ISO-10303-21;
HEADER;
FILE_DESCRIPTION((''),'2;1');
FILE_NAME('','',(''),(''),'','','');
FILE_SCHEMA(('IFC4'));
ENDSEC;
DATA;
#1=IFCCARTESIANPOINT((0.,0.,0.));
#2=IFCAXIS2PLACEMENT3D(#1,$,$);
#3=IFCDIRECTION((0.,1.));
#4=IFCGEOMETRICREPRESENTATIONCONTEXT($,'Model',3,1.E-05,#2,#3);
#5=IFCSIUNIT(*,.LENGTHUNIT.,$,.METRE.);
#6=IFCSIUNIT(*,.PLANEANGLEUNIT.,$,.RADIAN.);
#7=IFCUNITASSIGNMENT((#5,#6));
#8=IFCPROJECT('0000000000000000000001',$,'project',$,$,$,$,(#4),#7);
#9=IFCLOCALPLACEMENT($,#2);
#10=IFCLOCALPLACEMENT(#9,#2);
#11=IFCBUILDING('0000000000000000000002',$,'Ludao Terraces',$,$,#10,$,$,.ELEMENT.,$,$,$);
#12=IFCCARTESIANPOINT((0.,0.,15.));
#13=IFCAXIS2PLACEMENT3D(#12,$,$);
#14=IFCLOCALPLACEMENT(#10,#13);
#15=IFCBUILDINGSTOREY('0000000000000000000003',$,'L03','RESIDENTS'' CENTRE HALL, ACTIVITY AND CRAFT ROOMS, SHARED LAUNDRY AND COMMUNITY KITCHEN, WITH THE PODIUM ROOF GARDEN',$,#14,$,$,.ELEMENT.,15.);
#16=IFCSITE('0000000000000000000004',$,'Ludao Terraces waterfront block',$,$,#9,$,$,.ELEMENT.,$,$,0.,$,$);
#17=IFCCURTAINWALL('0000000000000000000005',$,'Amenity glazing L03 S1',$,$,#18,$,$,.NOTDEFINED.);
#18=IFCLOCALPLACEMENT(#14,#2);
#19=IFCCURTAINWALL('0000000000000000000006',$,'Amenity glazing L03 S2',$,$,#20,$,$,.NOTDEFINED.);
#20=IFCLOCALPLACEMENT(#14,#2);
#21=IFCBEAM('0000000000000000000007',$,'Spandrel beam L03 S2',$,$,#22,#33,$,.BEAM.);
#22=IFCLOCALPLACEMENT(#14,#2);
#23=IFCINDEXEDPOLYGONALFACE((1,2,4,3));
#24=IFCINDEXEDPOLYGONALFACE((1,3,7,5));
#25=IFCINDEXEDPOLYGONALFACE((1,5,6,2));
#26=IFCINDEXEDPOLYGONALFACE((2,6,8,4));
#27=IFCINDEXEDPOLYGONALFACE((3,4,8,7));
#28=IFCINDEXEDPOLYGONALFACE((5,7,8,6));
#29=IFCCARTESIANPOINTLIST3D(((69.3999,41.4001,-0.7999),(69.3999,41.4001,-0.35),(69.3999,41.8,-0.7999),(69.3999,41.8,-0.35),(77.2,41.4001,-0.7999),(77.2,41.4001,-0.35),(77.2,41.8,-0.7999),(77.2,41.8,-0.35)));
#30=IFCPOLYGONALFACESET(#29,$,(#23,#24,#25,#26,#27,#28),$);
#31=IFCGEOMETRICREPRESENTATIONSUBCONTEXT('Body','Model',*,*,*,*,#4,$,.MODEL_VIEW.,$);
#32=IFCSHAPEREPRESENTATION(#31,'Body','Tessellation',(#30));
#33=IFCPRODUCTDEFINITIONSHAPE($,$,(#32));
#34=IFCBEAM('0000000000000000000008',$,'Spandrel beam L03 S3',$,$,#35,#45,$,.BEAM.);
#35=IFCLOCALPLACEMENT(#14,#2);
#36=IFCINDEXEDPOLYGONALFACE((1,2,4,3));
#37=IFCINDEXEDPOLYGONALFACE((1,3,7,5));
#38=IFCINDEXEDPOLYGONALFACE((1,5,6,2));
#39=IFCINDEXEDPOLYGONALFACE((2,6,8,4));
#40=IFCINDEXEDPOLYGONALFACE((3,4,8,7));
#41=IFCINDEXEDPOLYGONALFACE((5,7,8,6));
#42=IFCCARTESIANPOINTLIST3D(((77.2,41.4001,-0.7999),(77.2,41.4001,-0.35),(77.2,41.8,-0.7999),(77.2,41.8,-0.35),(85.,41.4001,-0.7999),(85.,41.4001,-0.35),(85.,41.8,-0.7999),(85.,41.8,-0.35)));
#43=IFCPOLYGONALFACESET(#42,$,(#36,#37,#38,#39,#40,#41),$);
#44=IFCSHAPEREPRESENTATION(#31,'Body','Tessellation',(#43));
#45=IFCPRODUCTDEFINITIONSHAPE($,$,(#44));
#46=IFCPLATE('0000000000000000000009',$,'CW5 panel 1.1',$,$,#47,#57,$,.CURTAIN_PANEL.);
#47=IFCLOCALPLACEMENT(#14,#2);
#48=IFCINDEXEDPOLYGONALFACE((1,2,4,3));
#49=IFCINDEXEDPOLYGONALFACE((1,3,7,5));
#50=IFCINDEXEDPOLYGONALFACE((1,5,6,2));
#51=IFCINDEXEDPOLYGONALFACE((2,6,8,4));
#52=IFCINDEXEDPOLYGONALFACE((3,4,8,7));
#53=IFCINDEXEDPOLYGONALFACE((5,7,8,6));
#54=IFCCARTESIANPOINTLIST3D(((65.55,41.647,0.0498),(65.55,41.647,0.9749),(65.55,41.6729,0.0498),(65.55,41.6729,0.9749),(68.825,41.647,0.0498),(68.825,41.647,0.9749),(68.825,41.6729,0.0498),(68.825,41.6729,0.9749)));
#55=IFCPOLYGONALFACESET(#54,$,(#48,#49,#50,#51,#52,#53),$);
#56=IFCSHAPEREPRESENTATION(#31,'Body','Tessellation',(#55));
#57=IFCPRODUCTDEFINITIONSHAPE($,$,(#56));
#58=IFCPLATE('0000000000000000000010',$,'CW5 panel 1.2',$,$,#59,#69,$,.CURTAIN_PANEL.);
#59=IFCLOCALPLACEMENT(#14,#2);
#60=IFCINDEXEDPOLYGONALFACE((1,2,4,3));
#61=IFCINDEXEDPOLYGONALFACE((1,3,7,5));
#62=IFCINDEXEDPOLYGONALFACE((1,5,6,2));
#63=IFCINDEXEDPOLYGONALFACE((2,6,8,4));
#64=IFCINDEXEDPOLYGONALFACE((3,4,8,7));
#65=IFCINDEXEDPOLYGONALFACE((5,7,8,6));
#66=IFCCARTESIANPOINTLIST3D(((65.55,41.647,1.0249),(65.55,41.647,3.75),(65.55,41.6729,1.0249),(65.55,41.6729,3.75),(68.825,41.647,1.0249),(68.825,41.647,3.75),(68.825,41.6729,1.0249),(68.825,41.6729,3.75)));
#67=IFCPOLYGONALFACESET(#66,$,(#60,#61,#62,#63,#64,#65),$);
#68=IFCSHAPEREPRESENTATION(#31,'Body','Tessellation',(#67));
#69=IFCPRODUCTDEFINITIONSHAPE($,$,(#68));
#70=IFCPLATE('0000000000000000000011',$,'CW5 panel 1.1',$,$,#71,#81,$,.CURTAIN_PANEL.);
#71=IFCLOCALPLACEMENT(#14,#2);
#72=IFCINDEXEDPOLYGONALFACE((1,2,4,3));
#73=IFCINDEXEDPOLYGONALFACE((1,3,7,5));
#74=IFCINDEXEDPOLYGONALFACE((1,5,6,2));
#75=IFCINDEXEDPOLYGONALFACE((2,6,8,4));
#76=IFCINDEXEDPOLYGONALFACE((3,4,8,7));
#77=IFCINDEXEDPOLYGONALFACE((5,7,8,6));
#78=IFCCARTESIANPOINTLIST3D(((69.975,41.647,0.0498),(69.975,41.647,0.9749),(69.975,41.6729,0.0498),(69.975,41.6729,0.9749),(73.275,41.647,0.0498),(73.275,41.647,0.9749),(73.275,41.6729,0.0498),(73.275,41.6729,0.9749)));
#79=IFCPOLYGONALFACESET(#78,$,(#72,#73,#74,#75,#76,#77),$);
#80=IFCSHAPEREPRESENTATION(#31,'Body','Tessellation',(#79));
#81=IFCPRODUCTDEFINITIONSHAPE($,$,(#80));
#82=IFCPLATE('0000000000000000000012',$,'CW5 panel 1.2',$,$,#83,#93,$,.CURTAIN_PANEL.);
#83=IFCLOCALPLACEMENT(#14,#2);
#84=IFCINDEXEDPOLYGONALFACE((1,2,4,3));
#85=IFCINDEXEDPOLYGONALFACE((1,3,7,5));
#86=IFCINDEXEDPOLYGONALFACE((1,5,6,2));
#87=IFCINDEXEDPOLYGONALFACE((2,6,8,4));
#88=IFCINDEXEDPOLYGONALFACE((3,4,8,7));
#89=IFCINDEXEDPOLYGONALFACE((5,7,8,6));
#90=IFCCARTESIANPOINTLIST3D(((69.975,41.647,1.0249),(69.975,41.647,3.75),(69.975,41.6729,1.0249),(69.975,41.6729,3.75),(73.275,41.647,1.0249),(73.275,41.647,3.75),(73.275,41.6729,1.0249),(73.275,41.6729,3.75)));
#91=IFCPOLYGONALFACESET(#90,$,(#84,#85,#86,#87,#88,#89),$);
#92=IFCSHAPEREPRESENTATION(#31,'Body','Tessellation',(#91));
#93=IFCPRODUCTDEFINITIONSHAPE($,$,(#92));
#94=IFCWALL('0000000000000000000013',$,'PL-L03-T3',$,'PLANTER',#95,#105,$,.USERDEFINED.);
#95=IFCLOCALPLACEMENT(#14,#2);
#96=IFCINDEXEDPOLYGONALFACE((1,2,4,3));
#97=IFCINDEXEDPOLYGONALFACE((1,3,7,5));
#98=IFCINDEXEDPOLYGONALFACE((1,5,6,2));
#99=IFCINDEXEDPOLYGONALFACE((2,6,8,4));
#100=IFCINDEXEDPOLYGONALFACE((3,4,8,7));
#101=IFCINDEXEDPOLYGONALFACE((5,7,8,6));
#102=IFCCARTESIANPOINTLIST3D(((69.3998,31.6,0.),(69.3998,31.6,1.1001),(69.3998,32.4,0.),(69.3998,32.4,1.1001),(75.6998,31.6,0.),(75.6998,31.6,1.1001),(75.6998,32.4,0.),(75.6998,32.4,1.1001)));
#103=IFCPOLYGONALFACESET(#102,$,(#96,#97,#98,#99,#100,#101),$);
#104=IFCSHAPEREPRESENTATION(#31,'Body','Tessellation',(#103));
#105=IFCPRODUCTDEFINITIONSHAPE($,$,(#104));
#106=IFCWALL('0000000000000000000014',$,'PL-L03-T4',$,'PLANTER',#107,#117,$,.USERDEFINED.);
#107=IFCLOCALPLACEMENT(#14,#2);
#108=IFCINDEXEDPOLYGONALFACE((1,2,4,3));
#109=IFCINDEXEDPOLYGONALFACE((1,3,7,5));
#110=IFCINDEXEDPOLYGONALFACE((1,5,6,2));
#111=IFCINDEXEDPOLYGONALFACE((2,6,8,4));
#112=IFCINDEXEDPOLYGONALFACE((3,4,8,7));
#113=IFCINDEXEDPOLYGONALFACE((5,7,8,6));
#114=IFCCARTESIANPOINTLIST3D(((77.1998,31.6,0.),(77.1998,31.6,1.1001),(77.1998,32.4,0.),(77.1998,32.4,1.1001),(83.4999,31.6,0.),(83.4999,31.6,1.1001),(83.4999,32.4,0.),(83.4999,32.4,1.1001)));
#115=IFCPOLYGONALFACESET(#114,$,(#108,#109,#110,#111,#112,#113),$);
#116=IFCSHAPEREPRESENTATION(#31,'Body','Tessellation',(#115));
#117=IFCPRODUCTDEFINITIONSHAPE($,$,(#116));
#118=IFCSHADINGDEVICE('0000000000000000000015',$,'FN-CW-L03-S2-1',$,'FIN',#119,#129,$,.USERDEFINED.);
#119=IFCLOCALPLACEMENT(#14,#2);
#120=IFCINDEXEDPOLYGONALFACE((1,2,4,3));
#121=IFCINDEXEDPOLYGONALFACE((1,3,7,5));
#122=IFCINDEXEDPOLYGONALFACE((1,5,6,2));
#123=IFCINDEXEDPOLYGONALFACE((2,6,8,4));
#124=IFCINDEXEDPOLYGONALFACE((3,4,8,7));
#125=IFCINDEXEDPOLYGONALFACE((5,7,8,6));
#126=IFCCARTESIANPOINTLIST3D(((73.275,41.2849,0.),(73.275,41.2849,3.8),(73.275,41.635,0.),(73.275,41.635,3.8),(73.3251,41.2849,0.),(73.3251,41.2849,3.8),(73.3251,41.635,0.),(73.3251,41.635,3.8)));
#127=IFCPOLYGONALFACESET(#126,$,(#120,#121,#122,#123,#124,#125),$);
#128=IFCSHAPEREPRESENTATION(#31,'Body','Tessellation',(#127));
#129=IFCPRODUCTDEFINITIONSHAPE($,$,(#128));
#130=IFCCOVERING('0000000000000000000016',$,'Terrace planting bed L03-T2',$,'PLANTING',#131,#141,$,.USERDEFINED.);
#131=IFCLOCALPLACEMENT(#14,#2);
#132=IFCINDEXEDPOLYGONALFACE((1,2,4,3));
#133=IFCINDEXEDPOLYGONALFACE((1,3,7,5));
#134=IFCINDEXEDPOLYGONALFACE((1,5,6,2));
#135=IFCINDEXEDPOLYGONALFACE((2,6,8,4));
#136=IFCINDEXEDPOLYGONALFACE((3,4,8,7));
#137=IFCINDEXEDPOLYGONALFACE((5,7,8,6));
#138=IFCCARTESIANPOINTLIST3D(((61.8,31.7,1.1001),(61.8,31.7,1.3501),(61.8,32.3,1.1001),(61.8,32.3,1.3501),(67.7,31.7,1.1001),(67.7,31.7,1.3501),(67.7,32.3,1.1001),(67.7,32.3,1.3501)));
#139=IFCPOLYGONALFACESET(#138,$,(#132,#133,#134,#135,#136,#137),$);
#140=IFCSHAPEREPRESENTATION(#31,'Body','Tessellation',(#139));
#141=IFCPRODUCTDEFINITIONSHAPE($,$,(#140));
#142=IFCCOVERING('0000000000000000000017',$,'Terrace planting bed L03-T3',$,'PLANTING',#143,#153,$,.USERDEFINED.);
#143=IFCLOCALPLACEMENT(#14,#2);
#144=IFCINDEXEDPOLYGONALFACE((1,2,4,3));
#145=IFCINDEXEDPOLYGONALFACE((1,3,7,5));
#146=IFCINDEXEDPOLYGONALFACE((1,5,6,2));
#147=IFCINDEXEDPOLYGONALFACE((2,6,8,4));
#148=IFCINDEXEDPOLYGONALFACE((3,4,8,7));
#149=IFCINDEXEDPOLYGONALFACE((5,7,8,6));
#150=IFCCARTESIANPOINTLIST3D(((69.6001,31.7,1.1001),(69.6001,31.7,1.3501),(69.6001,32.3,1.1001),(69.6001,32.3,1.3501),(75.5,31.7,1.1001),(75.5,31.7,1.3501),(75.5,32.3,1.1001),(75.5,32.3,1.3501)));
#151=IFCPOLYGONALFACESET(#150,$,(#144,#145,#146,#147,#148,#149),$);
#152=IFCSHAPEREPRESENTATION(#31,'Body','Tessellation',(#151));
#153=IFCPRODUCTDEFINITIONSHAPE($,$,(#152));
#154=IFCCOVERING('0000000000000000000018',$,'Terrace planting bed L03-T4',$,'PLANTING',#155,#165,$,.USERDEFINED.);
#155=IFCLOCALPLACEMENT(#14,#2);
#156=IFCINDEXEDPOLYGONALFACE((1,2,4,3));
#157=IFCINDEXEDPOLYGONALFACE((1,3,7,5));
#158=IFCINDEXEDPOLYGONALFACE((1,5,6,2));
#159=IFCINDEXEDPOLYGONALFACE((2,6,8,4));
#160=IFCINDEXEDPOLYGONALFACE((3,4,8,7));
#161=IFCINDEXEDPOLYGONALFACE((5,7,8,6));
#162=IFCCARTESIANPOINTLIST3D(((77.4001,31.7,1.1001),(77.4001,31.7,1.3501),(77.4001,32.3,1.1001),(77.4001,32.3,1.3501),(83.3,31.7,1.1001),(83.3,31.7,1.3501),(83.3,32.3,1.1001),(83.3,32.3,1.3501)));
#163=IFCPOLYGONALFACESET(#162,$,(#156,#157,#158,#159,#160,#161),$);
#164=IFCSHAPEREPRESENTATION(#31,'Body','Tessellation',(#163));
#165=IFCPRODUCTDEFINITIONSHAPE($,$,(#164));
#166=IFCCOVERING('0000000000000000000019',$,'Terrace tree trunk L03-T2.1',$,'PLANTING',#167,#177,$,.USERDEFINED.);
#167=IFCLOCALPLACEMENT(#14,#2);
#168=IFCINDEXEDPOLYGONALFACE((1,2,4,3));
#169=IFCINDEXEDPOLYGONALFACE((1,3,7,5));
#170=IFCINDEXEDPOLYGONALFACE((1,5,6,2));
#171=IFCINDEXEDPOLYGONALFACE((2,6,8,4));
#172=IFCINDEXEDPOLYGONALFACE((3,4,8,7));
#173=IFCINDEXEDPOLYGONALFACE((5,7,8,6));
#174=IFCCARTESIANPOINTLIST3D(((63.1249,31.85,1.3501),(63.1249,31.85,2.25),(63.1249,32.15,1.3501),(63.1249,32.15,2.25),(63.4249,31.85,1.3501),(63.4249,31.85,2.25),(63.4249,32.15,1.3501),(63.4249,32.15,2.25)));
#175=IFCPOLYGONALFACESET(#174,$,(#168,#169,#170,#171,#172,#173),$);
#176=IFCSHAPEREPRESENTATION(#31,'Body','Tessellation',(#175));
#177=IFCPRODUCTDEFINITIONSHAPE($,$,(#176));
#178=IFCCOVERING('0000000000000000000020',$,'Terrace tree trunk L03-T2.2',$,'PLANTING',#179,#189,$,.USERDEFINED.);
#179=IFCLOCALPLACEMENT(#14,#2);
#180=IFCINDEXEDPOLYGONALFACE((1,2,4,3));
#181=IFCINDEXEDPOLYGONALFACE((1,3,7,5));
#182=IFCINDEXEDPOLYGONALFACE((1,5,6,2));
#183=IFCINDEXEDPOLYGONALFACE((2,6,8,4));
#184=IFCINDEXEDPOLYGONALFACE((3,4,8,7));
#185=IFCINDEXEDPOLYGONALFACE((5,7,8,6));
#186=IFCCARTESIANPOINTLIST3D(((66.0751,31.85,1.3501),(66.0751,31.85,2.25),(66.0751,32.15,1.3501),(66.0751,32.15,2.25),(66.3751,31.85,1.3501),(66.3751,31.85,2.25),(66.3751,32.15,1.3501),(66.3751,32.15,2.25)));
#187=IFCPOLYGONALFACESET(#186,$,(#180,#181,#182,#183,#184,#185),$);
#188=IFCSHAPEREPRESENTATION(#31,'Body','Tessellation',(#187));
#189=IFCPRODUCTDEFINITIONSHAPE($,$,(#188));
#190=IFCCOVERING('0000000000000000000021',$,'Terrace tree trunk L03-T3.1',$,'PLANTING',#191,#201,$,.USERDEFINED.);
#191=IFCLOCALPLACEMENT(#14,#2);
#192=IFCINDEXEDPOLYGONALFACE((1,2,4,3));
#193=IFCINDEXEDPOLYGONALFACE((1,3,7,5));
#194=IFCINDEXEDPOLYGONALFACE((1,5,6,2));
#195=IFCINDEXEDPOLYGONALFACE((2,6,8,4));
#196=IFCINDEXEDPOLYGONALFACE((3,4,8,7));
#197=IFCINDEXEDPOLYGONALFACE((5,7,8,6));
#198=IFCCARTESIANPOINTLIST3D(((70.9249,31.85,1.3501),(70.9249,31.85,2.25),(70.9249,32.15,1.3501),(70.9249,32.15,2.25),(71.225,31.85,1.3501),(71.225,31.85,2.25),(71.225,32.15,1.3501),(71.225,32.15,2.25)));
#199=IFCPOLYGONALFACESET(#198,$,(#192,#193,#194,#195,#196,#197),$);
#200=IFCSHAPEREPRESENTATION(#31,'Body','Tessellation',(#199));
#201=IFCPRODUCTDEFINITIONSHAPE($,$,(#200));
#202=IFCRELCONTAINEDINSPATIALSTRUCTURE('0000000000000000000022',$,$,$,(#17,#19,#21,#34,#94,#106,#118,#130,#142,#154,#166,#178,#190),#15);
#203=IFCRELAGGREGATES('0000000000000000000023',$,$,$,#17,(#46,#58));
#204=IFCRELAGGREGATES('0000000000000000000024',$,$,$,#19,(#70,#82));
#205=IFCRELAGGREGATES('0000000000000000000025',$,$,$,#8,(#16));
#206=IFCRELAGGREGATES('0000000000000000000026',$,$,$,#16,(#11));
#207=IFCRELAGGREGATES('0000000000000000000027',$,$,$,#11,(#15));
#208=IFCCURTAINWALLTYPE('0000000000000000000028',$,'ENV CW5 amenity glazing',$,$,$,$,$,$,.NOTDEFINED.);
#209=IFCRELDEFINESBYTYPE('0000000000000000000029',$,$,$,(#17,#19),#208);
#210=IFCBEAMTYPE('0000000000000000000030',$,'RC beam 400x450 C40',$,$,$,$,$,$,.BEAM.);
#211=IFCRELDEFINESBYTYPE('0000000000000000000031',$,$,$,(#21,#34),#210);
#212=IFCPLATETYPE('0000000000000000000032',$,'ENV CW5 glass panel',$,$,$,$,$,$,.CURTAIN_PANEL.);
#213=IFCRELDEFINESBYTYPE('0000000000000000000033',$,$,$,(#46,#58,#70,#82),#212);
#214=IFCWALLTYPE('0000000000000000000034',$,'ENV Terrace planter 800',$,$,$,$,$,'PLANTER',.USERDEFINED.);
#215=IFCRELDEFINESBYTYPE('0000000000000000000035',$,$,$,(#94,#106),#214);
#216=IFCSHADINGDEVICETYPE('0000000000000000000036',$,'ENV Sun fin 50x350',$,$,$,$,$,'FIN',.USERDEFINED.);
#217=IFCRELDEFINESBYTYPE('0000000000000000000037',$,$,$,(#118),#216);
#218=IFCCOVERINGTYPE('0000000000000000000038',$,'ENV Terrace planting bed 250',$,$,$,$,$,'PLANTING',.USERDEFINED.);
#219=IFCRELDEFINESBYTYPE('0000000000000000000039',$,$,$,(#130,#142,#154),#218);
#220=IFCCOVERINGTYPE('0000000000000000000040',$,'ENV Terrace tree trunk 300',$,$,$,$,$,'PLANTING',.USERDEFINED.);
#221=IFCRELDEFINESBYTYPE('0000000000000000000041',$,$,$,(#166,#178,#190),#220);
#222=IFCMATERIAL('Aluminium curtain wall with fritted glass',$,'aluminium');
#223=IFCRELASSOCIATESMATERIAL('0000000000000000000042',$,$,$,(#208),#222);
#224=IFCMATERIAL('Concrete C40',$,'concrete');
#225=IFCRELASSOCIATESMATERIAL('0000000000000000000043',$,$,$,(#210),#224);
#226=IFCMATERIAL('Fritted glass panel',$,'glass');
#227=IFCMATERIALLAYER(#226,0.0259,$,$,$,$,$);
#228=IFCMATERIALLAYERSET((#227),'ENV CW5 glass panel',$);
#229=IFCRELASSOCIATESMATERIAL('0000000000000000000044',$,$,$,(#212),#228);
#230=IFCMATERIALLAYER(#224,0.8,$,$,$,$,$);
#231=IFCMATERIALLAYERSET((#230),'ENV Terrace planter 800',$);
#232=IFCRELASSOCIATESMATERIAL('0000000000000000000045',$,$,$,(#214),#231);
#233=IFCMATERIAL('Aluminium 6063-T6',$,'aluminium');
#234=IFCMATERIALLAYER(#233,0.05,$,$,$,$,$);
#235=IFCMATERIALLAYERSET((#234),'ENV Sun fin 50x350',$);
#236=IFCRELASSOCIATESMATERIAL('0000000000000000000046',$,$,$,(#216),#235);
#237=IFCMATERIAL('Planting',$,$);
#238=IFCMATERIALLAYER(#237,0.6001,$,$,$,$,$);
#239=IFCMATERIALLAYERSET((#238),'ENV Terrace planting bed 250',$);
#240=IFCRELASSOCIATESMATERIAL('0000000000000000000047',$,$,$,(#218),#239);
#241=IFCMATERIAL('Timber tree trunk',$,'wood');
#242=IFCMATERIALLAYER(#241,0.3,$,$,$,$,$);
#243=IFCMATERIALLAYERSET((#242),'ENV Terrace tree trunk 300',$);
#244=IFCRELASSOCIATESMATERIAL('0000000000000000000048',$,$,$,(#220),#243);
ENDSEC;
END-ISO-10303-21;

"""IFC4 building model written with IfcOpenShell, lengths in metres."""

from ifc_helpers import new_model, si_unit, direction, frame, frame_2d, origin, origin_2d, place, context, subcontext, project, spatial, rectangle, extrude, material, layer, layer_set, material_profile, profile_set, type_object, element, aggregate, save


model = new_model("IFC4")

# Units and contexts
model_context = context("Model", 3, precision=1e-05, world=origin(), true_north=direction((0.0, 1.0)))
body_context = subcontext(model_context, "Body", "Model", "MODEL_VIEW")
ifc_project = project(units=[si_unit("LENGTHUNIT", "METRE"), si_unit("PLANEANGLEUNIT", "RADIAN")], contexts=[model_context])

# Site, building, storey
site_placement = place(None, origin())
site = spatial("IfcSite", under=ifc_project, at=site_placement, Name="Ludao Terraces waterfront block", CompositionType="ELEMENT", RefElevation=0.0)
building_placement = place(site_placement, origin())
building = spatial("IfcBuilding", under=site, at=building_placement, Name="Ludao Terraces", CompositionType="ELEMENT")
storey_placement = place(building_placement, frame((0.0, 0.0, 15.0)))
storey = spatial("IfcBuildingStorey", under=building, at=storey_placement, Name="L03", Description="RESIDENTS' CENTRE HALL, ACTIVITY AND CRAFT ROOMS, SHARED LAUNDRY AND COMMUNITY KITCHEN, WITH THE PODIUM ROOF GARDEN", CompositionType="ELEMENT", Elevation=15.0)

# Curtain walls
ifc_material_1 = material(Name="Aluminium curtain wall with fritted glass", Category="aluminium")
curtain_wall_type = type_object("IfcCurtainWallType", Name="ENV CW5 amenity glazing", PredefinedType="NOTDEFINED", material=ifc_material_1)
curtain_wall_1_placement = place(storey_placement, origin())
curtain_wall_1 = element("IfcCurtainWall", 1, at=curtain_wall_1_placement, inside=storey, type_object=curtain_wall_type, Name="Amenity glazing L03 S1", PredefinedType="NOTDEFINED")
ifc_material_2 = material(Name="Aluminium 6063-T6", Category="aluminium")
curtain_wall_2_placement = place(storey_placement, origin())
curtain_wall_2 = element("IfcCurtainWall", 2, at=curtain_wall_2_placement, inside=storey, type_object=curtain_wall_type, Name="Amenity glazing L03 S2", PredefinedType="NOTDEFINED")

# Beams
ifc_material_3 = material(Name="Concrete C40", Category="concrete")
ifc_material_profile_1 = material_profile(ifc_material_3, rectangle(XDim=0.3999, YDim=0.45, at=origin_2d()), Name="400 X 450")
ifc_profile_set_1 = profile_set([ifc_material_profile_1], Name="Concrete C40")
beam_type = type_object("IfcBeamType", Name="RC beam 400x450 C40", PredefinedType="BEAM", material=ifc_profile_set_1)
for number, where, z_axis, x_axis, name in (
    (3, (69.3999, 41.6001, -0.575), (1.0, 0.0, 0.0), (0.0, 1.0, 0.0), "Spandrel beam L03 S2"),
    (4, (77.2, 41.6001, -0.575), (1.0, 0.0, 0.0), (0.0, 1.0, 0.0), "Spandrel beam L03 S3"),
):
    element("IfcBeam", number, at=place(storey_placement, frame(where, z_axis=z_axis, x_axis=x_axis)), inside=storey, type_object=beam_type, Name=name, PredefinedType="BEAM", context=body_context, shape_type="SweptSolid", body=[
        extrude(rectangle(XDim=0.3999, YDim=0.45, at=origin_2d()), origin(), (0.0, 0.0, 1.0), 7.8),
    ])

# Plates
ifc_material_4 = material(Name="Fritted glass panel", Category="glass")
ifc_layer_1 = layer(ifc_material_4, 0.0259)
ifc_layer_set_1 = layer_set([ifc_layer_1], Name="ENV CW5 glass panel")
plate_type = type_object("IfcPlateType", Name="ENV CW5 glass panel", PredefinedType="CURTAIN_PANEL", material=ifc_layer_set_1)
plate_1_placement = place(storey_placement, frame((67.1875, 41.6599, 0.0498), z_axis=(0.0, 0.0, 1.0), x_axis=(1.0, 0.0, 0.0)))
plate_1 = element("IfcPlate", 5, at=plate_1_placement, type_object=plate_type, Name="CW5 panel 1.1", PredefinedType="CURTAIN_PANEL", context=body_context, shape_type="SweptSolid", body=[
    extrude(rectangle(XDim=3.2749, YDim=0.0259, at=origin_2d()), origin(), (0.0, 0.0, 1.0), 0.925),
])
plate_2_placement = place(storey_placement, frame((67.1875, 41.6599, 1.0249), z_axis=(0.0, 0.0, 1.0), x_axis=(1.0, 0.0, 0.0)))
plate_2 = element("IfcPlate", 6, at=plate_2_placement, type_object=plate_type, Name="CW5 panel 1.2", PredefinedType="CURTAIN_PANEL", context=body_context, shape_type="SweptSolid", body=[
    extrude(rectangle(XDim=3.2749, YDim=0.0259, at=origin_2d()), origin(), (0.0, 0.0, 1.0), 2.7251),
])
aggregate(curtain_wall_1, [plate_1, plate_2])
plate_3_placement = place(storey_placement, frame((71.625, 41.6599, 0.0498), z_axis=(0.0, 0.0, 1.0), x_axis=(1.0, 0.0, 0.0)))
plate_3 = element("IfcPlate", 7, at=plate_3_placement, type_object=plate_type, Name="CW5 panel 1.1", PredefinedType="CURTAIN_PANEL", context=body_context, shape_type="SweptSolid", body=[
    extrude(rectangle(XDim=3.3, YDim=0.0259, at=origin_2d()), origin(), (0.0, 0.0, 1.0), 0.925),
])
plate_4_placement = place(storey_placement, frame((71.625, 41.6599, 1.0249), z_axis=(0.0, 0.0, 1.0), x_axis=(1.0, 0.0, 0.0)))
plate_4 = element("IfcPlate", 8, at=plate_4_placement, type_object=plate_type, Name="CW5 panel 1.2", PredefinedType="CURTAIN_PANEL", context=body_context, shape_type="SweptSolid", body=[
    extrude(rectangle(XDim=3.3, YDim=0.0259, at=origin_2d()), origin(), (0.0, 0.0, 1.0), 2.7251),
])
aggregate(curtain_wall_2, [plate_3, plate_4])

# Walls
ifc_layer_2 = layer(ifc_material_3, 0.8)
ifc_layer_set_2 = layer_set([ifc_layer_2], Name="ENV Terrace planter 800")
wall_type = type_object("IfcWallType", Name="ENV Terrace planter 800", ElementType="PLANTER", PredefinedType="USERDEFINED", material=ifc_layer_set_2)
for number, where, z_axis, x_axis, name in (
    (9, (69.3999, 32.0, 0.0), (0.0, 0.0, 1.0), (1.0, 0.0, 0.0), "PL-L03-T3"),
    (10, (77.2, 32.0, 0.0), (0.0, 0.0, 1.0), (1.0, 0.0, 0.0), "PL-L03-T4"),
):
    element("IfcWall", number, at=place(storey_placement, frame(where, z_axis=z_axis, x_axis=x_axis)), inside=storey, type_object=wall_type, Name=name, ObjectType="PLANTER", PredefinedType="USERDEFINED", context=body_context, shape_type="SweptSolid", body=[
        extrude(rectangle(XDim=6.3, YDim=0.8, at=frame_2d((3.1499, 0.0))), origin(), (0.0, 0.0, 1.0), 1.1001),
    ])

# Shading device
ifc_layer_3 = layer(ifc_material_2, 0.05)
ifc_layer_set_3 = layer_set([ifc_layer_3], Name="ENV Sun fin 50x350")
shading_device_type = type_object("IfcShadingDeviceType", Name="ENV Sun fin 50x350", ElementType="FIN", PredefinedType="USERDEFINED", material=ifc_layer_set_3)
shading_device_placement = place(storey_placement, frame((73.3, 41.46, 0.0), z_axis=(0.0, 0.0, 1.0), x_axis=(1.0, 0.0, 0.0)))
element("IfcShadingDevice", 11, at=shading_device_placement, inside=storey, type_object=shading_device_type, Name="FN-CW-L03-S2-1", ObjectType="FIN", PredefinedType="USERDEFINED", context=body_context, shape_type="SweptSolid", body=[
    extrude(rectangle(XDim=0.05, YDim=0.3501, at=origin_2d()), origin(), (0.0, 0.0, 1.0), 3.8),
])

# Coverings
ifc_material_5 = material(Name="Planting")
ifc_layer_4 = layer(ifc_material_5, 0.6001)
ifc_layer_set_4 = layer_set([ifc_layer_4], Name="ENV Terrace planting bed 250")
covering_type_1 = type_object("IfcCoveringType", Name="ENV Terrace planting bed 250", ElementType="PLANTING", PredefinedType="USERDEFINED", material=ifc_layer_set_4)
for number, where, z_axis, x_axis, name in (
    (12, (64.75, 32.0, 1.1001), (0.0, 0.0, 1.0), (1.0, 0.0, 0.0), "Terrace planting bed L03-T2"),
    (13, (72.55, 32.0, 1.1001), (0.0, 0.0, 1.0), (1.0, 0.0, 0.0), "Terrace planting bed L03-T3"),
    (14, (80.3501, 32.0, 1.1001), (0.0, 0.0, 1.0), (1.0, 0.0, 0.0), "Terrace planting bed L03-T4"),
):
    element("IfcCovering", number, at=place(storey_placement, frame(where, z_axis=z_axis, x_axis=x_axis)), inside=storey, type_object=covering_type_1, Name=name, ObjectType="PLANTING", PredefinedType="USERDEFINED", context=body_context, shape_type="SweptSolid", body=[
        extrude(rectangle(XDim=5.8999, YDim=0.6001, at=origin_2d()), origin(), (0.0, 0.0, 1.0), 0.25),
    ])
ifc_material_6 = material(Name="Timber tree trunk", Category="wood")
ifc_layer_5 = layer(ifc_material_6, 0.3)
ifc_layer_set_5 = layer_set([ifc_layer_5], Name="ENV Terrace tree trunk 300")
covering_type_2 = type_object("IfcCoveringType", Name="ENV Terrace tree trunk 300", ElementType="PLANTING", PredefinedType="USERDEFINED", material=ifc_layer_set_5)
for number, where, z_axis, x_axis, name in (
    (15, (63.2749, 32.0, 1.3501), (0.0, 0.0, 1.0), (1.0, 0.0, 0.0), "Terrace tree trunk L03-T2.1"),
    (16, (66.2251, 32.0, 1.3501), (0.0, 0.0, 1.0), (1.0, 0.0, 0.0), "Terrace tree trunk L03-T2.2"),
    (17, (71.075, 32.0, 1.3501), (0.0, 0.0, 1.0), (1.0, 0.0, 0.0), "Terrace tree trunk L03-T3.1"),
):
    element("IfcCovering", number, at=place(storey_placement, frame(where, z_axis=z_axis, x_axis=x_axis)), inside=storey, type_object=covering_type_2, Name=name, ObjectType="PLANTING", PredefinedType="USERDEFINED", context=body_context, shape_type="SweptSolid", body=[
        extrude(rectangle(XDim=0.3, YDim=0.3, at=origin_2d()), origin(), (0.0, 0.0, 1.0), 0.8999),
    ])

save(model, "model.ifc")
